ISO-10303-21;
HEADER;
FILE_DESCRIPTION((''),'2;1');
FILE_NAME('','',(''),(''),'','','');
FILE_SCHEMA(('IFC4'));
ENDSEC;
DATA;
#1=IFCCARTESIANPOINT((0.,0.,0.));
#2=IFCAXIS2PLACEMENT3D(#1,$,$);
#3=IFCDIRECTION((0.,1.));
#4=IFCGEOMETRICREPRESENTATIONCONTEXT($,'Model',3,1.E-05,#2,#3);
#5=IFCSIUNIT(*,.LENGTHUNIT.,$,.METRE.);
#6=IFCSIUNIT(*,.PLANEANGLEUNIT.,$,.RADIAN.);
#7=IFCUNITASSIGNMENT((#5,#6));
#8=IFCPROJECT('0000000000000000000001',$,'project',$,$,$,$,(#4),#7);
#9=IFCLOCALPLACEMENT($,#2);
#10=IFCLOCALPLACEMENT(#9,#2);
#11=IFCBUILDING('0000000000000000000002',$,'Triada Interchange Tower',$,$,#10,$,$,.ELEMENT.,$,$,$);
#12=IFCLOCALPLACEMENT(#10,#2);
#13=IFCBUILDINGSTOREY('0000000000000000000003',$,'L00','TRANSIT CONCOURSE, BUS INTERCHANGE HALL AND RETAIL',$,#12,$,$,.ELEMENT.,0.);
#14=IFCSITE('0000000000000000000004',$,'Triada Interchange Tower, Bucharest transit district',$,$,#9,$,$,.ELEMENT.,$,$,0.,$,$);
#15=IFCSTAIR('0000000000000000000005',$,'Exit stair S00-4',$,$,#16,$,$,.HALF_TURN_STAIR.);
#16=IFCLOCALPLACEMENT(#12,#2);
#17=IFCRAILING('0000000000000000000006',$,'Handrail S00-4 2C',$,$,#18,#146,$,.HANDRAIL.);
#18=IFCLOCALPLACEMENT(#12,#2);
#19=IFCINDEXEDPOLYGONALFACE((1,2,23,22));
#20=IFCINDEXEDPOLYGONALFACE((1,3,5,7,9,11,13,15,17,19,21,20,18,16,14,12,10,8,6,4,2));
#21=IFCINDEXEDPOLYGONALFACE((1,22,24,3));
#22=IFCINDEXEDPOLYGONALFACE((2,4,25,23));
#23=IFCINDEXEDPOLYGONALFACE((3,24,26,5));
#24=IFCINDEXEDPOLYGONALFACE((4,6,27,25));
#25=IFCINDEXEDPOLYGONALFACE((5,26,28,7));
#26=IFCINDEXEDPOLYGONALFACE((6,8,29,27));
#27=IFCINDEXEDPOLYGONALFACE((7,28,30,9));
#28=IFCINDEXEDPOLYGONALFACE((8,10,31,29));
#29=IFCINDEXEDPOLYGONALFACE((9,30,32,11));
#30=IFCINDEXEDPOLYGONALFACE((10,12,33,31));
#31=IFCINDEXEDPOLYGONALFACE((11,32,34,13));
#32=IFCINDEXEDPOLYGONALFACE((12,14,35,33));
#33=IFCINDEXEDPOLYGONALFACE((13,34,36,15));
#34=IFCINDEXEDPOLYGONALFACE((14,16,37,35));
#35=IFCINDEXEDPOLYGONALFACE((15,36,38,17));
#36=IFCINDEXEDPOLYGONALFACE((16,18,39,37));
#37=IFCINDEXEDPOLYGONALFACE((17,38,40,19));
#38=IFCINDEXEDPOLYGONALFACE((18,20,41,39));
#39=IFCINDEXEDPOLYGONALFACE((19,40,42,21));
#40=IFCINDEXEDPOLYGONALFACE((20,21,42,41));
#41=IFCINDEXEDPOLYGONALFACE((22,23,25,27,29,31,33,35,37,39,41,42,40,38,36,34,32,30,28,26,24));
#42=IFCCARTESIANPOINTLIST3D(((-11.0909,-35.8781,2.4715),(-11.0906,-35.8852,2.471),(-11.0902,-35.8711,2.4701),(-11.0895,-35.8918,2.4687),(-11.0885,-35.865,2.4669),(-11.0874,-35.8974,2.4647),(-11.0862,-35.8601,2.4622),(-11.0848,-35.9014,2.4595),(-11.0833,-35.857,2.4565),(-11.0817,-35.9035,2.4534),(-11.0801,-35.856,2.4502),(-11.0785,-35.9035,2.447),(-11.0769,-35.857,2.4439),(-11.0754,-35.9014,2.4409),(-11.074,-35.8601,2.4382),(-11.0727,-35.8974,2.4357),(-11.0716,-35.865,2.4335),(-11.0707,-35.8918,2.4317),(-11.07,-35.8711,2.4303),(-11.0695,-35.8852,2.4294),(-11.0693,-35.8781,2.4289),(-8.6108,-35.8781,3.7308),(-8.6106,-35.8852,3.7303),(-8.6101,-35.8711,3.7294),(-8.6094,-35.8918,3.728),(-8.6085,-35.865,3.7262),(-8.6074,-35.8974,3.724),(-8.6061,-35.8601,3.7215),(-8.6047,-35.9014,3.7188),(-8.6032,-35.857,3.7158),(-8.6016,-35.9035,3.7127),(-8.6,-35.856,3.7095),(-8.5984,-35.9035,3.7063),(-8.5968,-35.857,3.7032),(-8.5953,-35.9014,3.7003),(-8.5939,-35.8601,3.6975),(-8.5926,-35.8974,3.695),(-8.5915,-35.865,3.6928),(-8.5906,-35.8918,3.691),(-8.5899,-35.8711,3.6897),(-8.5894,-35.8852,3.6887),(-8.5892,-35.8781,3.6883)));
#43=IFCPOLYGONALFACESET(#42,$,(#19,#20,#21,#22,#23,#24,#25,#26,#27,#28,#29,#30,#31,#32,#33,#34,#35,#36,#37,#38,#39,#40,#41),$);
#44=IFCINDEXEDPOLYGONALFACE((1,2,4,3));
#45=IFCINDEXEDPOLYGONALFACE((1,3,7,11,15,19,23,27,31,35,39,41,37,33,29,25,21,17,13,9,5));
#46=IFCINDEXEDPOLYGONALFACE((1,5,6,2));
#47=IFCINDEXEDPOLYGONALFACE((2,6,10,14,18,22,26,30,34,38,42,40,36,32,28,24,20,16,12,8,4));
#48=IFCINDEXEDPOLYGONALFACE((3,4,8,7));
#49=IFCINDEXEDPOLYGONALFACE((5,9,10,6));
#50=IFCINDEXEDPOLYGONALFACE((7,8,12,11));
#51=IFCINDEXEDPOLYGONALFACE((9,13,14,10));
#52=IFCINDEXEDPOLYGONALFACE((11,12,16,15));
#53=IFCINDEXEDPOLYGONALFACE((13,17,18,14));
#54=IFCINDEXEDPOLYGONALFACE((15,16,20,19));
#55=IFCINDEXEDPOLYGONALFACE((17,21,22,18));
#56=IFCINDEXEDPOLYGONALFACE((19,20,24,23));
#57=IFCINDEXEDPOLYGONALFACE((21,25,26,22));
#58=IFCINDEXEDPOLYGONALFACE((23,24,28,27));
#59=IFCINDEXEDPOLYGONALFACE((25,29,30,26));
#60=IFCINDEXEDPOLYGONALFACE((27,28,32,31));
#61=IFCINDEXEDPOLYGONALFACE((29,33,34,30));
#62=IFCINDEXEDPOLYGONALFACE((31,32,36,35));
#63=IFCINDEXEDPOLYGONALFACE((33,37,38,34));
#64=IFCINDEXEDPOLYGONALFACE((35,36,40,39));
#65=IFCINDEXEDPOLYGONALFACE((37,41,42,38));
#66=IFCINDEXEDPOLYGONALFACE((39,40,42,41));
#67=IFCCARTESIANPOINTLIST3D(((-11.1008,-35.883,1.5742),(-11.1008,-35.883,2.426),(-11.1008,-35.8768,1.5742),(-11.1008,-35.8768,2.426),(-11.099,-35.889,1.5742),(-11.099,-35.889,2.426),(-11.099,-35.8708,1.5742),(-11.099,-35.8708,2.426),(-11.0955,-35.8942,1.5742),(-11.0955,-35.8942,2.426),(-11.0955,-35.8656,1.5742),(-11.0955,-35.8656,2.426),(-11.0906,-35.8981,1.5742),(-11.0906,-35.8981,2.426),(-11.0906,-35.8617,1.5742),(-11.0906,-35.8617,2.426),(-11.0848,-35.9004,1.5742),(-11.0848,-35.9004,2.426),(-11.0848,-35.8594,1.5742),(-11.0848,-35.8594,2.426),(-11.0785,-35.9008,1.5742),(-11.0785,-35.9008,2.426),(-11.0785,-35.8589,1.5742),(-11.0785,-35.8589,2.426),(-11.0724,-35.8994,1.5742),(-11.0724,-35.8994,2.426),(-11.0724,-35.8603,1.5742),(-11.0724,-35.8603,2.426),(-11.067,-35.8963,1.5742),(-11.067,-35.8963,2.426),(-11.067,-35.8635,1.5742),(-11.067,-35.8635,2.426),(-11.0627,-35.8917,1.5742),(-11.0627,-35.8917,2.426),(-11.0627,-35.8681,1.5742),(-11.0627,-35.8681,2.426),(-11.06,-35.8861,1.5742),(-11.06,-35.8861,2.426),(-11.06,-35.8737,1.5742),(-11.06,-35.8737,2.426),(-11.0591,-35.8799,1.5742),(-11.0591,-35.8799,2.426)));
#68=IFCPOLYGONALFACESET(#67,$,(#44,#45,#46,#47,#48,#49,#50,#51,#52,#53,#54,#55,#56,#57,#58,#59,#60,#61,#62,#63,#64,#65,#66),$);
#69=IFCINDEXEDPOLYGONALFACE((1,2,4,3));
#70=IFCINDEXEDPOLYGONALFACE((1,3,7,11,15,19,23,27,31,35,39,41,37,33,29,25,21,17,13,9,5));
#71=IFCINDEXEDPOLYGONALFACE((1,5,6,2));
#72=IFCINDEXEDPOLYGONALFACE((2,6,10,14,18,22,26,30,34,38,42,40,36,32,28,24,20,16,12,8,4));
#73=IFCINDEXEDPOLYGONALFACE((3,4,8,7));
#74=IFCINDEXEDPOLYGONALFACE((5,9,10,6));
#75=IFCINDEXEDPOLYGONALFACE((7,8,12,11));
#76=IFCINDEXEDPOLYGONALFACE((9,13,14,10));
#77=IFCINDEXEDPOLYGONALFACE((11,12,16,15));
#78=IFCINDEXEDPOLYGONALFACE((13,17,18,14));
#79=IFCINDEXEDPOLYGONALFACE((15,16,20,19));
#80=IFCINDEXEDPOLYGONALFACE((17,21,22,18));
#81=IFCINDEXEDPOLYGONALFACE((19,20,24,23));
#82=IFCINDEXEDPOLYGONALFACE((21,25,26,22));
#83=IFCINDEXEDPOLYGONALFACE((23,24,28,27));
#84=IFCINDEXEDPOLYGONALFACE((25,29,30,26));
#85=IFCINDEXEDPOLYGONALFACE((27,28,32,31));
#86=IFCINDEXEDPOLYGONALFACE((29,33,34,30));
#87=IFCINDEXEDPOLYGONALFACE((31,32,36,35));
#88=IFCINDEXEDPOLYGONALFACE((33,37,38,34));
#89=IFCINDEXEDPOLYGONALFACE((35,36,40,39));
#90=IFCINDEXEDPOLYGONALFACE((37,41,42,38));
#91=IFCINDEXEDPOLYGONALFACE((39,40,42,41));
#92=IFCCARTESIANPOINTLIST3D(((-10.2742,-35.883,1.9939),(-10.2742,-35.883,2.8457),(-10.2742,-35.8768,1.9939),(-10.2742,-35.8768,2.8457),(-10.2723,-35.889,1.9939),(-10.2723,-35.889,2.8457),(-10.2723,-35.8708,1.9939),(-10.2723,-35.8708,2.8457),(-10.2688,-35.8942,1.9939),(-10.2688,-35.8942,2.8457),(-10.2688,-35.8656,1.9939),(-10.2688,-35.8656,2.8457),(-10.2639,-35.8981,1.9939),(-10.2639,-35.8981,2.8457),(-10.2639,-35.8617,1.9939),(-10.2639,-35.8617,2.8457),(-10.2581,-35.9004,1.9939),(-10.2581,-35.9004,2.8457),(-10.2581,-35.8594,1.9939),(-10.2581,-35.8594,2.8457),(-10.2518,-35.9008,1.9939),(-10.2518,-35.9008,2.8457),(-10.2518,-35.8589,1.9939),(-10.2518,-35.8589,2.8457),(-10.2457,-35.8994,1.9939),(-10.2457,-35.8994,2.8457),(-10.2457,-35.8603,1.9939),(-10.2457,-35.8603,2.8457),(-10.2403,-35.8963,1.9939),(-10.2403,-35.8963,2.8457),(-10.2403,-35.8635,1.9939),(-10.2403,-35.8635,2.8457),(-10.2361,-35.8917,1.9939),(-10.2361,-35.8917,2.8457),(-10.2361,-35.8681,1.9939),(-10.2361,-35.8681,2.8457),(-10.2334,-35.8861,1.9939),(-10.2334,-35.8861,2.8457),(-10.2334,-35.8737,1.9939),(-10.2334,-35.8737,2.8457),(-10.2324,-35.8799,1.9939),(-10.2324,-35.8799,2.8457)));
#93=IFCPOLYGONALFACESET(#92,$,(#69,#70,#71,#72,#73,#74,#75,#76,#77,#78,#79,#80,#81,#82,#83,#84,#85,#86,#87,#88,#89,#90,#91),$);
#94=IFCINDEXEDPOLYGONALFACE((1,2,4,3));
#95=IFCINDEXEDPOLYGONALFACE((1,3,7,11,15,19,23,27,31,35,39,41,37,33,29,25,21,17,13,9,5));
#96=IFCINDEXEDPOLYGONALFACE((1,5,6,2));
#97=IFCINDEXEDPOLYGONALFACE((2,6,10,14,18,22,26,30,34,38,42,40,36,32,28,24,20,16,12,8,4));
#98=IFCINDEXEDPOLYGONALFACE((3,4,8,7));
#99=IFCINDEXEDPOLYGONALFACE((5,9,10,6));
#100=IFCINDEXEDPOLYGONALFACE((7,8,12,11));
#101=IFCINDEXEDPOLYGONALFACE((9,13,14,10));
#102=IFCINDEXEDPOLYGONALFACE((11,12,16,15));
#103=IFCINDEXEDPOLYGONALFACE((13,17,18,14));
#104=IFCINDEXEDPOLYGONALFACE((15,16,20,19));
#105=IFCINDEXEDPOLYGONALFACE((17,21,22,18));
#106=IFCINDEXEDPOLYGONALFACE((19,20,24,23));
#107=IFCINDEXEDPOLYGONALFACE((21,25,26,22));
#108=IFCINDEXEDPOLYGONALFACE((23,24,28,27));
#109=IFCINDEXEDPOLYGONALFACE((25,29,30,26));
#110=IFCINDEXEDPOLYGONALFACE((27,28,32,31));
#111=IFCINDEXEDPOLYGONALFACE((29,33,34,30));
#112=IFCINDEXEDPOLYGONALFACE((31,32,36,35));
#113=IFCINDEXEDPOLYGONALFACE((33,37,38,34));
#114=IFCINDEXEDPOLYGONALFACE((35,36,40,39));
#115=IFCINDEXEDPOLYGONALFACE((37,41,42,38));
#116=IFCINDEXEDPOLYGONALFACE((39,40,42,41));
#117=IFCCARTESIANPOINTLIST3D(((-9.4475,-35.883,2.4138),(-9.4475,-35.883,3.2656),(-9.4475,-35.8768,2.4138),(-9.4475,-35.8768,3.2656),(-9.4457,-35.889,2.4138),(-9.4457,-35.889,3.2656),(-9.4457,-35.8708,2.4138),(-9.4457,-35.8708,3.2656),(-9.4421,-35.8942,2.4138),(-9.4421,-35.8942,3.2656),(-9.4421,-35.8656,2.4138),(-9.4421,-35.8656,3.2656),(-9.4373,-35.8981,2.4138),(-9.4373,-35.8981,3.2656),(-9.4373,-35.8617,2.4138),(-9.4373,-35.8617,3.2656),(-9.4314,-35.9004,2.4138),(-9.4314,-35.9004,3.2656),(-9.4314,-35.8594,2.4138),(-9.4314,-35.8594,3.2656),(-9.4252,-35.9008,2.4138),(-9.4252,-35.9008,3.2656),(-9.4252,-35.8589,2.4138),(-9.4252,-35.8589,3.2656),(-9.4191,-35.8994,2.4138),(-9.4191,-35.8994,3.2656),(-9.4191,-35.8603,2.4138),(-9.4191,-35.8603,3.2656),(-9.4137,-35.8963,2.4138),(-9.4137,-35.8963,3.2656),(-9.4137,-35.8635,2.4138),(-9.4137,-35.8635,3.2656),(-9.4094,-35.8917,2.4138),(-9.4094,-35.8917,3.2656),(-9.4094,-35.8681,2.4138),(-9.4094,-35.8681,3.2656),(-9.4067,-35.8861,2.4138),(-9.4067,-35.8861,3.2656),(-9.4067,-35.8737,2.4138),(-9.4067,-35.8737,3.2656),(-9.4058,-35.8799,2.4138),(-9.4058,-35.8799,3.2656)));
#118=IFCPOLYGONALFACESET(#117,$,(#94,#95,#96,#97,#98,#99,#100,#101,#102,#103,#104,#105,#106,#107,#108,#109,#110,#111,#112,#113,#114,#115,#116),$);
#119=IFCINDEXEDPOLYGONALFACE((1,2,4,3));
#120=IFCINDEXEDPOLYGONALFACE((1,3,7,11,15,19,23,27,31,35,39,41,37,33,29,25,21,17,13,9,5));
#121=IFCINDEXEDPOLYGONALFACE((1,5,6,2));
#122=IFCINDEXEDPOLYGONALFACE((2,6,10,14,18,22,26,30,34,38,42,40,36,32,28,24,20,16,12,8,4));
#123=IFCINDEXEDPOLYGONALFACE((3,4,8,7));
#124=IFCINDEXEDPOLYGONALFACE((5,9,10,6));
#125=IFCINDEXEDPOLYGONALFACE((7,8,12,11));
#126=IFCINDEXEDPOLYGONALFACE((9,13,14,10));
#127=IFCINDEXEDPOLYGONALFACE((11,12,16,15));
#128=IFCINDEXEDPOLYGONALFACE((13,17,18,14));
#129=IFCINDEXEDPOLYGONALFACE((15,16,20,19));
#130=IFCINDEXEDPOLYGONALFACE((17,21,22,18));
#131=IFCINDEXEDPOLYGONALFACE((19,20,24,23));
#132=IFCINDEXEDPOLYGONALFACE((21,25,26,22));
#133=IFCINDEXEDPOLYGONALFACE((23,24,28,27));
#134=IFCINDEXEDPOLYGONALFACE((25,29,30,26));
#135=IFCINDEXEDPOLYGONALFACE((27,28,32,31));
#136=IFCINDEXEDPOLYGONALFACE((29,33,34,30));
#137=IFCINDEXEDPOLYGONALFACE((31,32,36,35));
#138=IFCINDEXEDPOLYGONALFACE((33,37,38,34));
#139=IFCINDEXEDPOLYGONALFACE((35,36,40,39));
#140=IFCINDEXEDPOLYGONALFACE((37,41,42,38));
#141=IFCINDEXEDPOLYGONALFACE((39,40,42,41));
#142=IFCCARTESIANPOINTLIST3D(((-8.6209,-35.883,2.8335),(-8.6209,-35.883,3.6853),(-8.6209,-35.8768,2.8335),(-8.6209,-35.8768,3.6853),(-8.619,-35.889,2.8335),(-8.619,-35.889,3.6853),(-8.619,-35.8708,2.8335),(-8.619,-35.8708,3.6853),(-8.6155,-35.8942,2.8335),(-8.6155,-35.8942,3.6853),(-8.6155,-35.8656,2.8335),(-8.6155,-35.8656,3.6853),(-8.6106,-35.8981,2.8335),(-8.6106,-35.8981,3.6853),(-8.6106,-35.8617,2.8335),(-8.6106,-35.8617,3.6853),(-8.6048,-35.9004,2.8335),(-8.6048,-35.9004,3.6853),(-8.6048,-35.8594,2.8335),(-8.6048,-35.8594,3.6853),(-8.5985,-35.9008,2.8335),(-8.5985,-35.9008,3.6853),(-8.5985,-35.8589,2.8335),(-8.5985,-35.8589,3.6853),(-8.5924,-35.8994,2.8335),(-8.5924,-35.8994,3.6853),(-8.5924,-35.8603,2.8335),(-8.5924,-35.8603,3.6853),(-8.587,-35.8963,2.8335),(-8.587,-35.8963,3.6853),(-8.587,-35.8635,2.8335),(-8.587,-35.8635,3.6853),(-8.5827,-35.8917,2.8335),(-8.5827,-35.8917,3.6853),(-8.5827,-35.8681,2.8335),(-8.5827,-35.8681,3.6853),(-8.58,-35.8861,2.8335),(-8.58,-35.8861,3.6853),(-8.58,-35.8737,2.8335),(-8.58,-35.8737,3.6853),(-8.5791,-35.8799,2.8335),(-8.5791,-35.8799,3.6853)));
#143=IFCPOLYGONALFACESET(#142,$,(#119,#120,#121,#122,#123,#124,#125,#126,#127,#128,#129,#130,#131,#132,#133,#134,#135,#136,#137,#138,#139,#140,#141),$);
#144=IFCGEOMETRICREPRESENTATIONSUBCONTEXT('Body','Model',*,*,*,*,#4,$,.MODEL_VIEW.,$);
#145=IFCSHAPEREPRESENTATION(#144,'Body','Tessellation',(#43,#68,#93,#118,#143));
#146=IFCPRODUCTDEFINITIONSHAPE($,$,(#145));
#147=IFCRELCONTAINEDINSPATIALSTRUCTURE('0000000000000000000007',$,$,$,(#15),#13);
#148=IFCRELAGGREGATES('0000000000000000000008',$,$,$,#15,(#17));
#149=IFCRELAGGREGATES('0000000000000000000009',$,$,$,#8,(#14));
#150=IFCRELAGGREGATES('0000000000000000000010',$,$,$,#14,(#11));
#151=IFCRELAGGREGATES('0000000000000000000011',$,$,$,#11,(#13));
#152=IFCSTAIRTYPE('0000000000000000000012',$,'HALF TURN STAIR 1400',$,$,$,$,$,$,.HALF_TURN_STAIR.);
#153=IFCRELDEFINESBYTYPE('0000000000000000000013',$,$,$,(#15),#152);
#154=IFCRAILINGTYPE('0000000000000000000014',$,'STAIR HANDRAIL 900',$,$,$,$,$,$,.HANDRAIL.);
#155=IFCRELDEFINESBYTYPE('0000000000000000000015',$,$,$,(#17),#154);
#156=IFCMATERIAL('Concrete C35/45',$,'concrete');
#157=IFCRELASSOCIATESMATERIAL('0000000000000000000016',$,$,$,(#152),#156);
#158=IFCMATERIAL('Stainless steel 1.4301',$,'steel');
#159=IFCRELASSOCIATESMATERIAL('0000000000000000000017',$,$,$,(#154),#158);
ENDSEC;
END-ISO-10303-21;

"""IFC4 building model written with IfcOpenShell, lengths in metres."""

from ifc_helpers import new_model, si_unit, direction, frame, origin, origin_2d, place, context, subcontext, project, spatial, circle, extrude, material, type_object, element, aggregate, save


model = new_model("IFC4")

# Units and contexts
model_context = context("Model", 3, precision=1e-05, world=origin(), true_north=direction((0.0, 1.0)))
body_context = subcontext(model_context, "Body", "Model", "MODEL_VIEW")
ifc_project = project(units=[si_unit("LENGTHUNIT", "METRE"), si_unit("PLANEANGLEUNIT", "RADIAN")], contexts=[model_context])

# Site, building, storey
site_placement = place(None, origin())
site = spatial("IfcSite", under=ifc_project, at=site_placement, Name="Triada Interchange Tower, Bucharest transit district", CompositionType="ELEMENT", RefElevation=0.0)
building_placement = place(site_placement, origin())
building = spatial("IfcBuilding", under=site, at=building_placement, Name="Triada Interchange Tower", CompositionType="ELEMENT")
storey_placement = place(building_placement, origin())
storey = spatial("IfcBuildingStorey", under=building, at=storey_placement, Name="L00", Description="TRANSIT CONCOURSE, BUS INTERCHANGE HALL AND RETAIL", CompositionType="ELEMENT", Elevation=0.0)

# Shared definitions
ifc_material_1 = material(Name="Concrete C35/45", Category="concrete")

# Stair
stair_type = type_object("IfcStairType", Name="HALF TURN STAIR 1400", PredefinedType="HALF_TURN_STAIR", material=ifc_material_1)
stair_1_placement = place(storey_placement, origin())
stair_1 = element("IfcStair", 1, at=stair_1_placement, inside=storey, type_object=stair_type, Name="Exit stair S00-4", PredefinedType="HALF_TURN_STAIR")

# Railing
ifc_material_2 = material(Name="Stainless steel 1.4301", Category="steel")
railing_type_1 = type_object("IfcRailingType", Name="STAIR HANDRAIL 900", PredefinedType="HANDRAIL", material=ifc_material_2)
railing_1_placement = place(storey_placement, frame((-11.0801, -35.8799, 1.5742)))
railing_1 = element("IfcRailing", 2, at=railing_1_placement, type_object=railing_type_1, Name="Handrail S00-4 2C", PredefinedType="HANDRAIL", context=body_context, shape_type="SweptSolid", body=[
    extrude(circle(Radius=0.0239, at=origin_2d()), frame((0.0, 0.0, 0.876), z_axis=(0.891636, 0.0, 0.452752), x_axis=(0.0, 1.0, 0.0)), (0.0, 0.0, 1.0), 2.7815),
    extrude(circle(Radius=0.021, at=origin_2d()), origin(), (0.0, 0.0, 1.0), 0.8518),
    extrude(circle(Radius=0.021, at=origin_2d()), frame((0.8267, 0.0, 0.4197)), (0.0, 0.0, 1.0), 0.8518),
    extrude(circle(Radius=0.021, at=origin_2d()), frame((1.6533, 0.0, 0.8396)), (0.0, 0.0, 1.0), 0.8518),
    extrude(circle(Radius=0.021, at=origin_2d()), frame((2.48, 0.0, 1.2593)), (0.0, 0.0, 1.0), 0.8518),
])
aggregate(stair_1, [railing_1])

save(model, "model.ifc")
